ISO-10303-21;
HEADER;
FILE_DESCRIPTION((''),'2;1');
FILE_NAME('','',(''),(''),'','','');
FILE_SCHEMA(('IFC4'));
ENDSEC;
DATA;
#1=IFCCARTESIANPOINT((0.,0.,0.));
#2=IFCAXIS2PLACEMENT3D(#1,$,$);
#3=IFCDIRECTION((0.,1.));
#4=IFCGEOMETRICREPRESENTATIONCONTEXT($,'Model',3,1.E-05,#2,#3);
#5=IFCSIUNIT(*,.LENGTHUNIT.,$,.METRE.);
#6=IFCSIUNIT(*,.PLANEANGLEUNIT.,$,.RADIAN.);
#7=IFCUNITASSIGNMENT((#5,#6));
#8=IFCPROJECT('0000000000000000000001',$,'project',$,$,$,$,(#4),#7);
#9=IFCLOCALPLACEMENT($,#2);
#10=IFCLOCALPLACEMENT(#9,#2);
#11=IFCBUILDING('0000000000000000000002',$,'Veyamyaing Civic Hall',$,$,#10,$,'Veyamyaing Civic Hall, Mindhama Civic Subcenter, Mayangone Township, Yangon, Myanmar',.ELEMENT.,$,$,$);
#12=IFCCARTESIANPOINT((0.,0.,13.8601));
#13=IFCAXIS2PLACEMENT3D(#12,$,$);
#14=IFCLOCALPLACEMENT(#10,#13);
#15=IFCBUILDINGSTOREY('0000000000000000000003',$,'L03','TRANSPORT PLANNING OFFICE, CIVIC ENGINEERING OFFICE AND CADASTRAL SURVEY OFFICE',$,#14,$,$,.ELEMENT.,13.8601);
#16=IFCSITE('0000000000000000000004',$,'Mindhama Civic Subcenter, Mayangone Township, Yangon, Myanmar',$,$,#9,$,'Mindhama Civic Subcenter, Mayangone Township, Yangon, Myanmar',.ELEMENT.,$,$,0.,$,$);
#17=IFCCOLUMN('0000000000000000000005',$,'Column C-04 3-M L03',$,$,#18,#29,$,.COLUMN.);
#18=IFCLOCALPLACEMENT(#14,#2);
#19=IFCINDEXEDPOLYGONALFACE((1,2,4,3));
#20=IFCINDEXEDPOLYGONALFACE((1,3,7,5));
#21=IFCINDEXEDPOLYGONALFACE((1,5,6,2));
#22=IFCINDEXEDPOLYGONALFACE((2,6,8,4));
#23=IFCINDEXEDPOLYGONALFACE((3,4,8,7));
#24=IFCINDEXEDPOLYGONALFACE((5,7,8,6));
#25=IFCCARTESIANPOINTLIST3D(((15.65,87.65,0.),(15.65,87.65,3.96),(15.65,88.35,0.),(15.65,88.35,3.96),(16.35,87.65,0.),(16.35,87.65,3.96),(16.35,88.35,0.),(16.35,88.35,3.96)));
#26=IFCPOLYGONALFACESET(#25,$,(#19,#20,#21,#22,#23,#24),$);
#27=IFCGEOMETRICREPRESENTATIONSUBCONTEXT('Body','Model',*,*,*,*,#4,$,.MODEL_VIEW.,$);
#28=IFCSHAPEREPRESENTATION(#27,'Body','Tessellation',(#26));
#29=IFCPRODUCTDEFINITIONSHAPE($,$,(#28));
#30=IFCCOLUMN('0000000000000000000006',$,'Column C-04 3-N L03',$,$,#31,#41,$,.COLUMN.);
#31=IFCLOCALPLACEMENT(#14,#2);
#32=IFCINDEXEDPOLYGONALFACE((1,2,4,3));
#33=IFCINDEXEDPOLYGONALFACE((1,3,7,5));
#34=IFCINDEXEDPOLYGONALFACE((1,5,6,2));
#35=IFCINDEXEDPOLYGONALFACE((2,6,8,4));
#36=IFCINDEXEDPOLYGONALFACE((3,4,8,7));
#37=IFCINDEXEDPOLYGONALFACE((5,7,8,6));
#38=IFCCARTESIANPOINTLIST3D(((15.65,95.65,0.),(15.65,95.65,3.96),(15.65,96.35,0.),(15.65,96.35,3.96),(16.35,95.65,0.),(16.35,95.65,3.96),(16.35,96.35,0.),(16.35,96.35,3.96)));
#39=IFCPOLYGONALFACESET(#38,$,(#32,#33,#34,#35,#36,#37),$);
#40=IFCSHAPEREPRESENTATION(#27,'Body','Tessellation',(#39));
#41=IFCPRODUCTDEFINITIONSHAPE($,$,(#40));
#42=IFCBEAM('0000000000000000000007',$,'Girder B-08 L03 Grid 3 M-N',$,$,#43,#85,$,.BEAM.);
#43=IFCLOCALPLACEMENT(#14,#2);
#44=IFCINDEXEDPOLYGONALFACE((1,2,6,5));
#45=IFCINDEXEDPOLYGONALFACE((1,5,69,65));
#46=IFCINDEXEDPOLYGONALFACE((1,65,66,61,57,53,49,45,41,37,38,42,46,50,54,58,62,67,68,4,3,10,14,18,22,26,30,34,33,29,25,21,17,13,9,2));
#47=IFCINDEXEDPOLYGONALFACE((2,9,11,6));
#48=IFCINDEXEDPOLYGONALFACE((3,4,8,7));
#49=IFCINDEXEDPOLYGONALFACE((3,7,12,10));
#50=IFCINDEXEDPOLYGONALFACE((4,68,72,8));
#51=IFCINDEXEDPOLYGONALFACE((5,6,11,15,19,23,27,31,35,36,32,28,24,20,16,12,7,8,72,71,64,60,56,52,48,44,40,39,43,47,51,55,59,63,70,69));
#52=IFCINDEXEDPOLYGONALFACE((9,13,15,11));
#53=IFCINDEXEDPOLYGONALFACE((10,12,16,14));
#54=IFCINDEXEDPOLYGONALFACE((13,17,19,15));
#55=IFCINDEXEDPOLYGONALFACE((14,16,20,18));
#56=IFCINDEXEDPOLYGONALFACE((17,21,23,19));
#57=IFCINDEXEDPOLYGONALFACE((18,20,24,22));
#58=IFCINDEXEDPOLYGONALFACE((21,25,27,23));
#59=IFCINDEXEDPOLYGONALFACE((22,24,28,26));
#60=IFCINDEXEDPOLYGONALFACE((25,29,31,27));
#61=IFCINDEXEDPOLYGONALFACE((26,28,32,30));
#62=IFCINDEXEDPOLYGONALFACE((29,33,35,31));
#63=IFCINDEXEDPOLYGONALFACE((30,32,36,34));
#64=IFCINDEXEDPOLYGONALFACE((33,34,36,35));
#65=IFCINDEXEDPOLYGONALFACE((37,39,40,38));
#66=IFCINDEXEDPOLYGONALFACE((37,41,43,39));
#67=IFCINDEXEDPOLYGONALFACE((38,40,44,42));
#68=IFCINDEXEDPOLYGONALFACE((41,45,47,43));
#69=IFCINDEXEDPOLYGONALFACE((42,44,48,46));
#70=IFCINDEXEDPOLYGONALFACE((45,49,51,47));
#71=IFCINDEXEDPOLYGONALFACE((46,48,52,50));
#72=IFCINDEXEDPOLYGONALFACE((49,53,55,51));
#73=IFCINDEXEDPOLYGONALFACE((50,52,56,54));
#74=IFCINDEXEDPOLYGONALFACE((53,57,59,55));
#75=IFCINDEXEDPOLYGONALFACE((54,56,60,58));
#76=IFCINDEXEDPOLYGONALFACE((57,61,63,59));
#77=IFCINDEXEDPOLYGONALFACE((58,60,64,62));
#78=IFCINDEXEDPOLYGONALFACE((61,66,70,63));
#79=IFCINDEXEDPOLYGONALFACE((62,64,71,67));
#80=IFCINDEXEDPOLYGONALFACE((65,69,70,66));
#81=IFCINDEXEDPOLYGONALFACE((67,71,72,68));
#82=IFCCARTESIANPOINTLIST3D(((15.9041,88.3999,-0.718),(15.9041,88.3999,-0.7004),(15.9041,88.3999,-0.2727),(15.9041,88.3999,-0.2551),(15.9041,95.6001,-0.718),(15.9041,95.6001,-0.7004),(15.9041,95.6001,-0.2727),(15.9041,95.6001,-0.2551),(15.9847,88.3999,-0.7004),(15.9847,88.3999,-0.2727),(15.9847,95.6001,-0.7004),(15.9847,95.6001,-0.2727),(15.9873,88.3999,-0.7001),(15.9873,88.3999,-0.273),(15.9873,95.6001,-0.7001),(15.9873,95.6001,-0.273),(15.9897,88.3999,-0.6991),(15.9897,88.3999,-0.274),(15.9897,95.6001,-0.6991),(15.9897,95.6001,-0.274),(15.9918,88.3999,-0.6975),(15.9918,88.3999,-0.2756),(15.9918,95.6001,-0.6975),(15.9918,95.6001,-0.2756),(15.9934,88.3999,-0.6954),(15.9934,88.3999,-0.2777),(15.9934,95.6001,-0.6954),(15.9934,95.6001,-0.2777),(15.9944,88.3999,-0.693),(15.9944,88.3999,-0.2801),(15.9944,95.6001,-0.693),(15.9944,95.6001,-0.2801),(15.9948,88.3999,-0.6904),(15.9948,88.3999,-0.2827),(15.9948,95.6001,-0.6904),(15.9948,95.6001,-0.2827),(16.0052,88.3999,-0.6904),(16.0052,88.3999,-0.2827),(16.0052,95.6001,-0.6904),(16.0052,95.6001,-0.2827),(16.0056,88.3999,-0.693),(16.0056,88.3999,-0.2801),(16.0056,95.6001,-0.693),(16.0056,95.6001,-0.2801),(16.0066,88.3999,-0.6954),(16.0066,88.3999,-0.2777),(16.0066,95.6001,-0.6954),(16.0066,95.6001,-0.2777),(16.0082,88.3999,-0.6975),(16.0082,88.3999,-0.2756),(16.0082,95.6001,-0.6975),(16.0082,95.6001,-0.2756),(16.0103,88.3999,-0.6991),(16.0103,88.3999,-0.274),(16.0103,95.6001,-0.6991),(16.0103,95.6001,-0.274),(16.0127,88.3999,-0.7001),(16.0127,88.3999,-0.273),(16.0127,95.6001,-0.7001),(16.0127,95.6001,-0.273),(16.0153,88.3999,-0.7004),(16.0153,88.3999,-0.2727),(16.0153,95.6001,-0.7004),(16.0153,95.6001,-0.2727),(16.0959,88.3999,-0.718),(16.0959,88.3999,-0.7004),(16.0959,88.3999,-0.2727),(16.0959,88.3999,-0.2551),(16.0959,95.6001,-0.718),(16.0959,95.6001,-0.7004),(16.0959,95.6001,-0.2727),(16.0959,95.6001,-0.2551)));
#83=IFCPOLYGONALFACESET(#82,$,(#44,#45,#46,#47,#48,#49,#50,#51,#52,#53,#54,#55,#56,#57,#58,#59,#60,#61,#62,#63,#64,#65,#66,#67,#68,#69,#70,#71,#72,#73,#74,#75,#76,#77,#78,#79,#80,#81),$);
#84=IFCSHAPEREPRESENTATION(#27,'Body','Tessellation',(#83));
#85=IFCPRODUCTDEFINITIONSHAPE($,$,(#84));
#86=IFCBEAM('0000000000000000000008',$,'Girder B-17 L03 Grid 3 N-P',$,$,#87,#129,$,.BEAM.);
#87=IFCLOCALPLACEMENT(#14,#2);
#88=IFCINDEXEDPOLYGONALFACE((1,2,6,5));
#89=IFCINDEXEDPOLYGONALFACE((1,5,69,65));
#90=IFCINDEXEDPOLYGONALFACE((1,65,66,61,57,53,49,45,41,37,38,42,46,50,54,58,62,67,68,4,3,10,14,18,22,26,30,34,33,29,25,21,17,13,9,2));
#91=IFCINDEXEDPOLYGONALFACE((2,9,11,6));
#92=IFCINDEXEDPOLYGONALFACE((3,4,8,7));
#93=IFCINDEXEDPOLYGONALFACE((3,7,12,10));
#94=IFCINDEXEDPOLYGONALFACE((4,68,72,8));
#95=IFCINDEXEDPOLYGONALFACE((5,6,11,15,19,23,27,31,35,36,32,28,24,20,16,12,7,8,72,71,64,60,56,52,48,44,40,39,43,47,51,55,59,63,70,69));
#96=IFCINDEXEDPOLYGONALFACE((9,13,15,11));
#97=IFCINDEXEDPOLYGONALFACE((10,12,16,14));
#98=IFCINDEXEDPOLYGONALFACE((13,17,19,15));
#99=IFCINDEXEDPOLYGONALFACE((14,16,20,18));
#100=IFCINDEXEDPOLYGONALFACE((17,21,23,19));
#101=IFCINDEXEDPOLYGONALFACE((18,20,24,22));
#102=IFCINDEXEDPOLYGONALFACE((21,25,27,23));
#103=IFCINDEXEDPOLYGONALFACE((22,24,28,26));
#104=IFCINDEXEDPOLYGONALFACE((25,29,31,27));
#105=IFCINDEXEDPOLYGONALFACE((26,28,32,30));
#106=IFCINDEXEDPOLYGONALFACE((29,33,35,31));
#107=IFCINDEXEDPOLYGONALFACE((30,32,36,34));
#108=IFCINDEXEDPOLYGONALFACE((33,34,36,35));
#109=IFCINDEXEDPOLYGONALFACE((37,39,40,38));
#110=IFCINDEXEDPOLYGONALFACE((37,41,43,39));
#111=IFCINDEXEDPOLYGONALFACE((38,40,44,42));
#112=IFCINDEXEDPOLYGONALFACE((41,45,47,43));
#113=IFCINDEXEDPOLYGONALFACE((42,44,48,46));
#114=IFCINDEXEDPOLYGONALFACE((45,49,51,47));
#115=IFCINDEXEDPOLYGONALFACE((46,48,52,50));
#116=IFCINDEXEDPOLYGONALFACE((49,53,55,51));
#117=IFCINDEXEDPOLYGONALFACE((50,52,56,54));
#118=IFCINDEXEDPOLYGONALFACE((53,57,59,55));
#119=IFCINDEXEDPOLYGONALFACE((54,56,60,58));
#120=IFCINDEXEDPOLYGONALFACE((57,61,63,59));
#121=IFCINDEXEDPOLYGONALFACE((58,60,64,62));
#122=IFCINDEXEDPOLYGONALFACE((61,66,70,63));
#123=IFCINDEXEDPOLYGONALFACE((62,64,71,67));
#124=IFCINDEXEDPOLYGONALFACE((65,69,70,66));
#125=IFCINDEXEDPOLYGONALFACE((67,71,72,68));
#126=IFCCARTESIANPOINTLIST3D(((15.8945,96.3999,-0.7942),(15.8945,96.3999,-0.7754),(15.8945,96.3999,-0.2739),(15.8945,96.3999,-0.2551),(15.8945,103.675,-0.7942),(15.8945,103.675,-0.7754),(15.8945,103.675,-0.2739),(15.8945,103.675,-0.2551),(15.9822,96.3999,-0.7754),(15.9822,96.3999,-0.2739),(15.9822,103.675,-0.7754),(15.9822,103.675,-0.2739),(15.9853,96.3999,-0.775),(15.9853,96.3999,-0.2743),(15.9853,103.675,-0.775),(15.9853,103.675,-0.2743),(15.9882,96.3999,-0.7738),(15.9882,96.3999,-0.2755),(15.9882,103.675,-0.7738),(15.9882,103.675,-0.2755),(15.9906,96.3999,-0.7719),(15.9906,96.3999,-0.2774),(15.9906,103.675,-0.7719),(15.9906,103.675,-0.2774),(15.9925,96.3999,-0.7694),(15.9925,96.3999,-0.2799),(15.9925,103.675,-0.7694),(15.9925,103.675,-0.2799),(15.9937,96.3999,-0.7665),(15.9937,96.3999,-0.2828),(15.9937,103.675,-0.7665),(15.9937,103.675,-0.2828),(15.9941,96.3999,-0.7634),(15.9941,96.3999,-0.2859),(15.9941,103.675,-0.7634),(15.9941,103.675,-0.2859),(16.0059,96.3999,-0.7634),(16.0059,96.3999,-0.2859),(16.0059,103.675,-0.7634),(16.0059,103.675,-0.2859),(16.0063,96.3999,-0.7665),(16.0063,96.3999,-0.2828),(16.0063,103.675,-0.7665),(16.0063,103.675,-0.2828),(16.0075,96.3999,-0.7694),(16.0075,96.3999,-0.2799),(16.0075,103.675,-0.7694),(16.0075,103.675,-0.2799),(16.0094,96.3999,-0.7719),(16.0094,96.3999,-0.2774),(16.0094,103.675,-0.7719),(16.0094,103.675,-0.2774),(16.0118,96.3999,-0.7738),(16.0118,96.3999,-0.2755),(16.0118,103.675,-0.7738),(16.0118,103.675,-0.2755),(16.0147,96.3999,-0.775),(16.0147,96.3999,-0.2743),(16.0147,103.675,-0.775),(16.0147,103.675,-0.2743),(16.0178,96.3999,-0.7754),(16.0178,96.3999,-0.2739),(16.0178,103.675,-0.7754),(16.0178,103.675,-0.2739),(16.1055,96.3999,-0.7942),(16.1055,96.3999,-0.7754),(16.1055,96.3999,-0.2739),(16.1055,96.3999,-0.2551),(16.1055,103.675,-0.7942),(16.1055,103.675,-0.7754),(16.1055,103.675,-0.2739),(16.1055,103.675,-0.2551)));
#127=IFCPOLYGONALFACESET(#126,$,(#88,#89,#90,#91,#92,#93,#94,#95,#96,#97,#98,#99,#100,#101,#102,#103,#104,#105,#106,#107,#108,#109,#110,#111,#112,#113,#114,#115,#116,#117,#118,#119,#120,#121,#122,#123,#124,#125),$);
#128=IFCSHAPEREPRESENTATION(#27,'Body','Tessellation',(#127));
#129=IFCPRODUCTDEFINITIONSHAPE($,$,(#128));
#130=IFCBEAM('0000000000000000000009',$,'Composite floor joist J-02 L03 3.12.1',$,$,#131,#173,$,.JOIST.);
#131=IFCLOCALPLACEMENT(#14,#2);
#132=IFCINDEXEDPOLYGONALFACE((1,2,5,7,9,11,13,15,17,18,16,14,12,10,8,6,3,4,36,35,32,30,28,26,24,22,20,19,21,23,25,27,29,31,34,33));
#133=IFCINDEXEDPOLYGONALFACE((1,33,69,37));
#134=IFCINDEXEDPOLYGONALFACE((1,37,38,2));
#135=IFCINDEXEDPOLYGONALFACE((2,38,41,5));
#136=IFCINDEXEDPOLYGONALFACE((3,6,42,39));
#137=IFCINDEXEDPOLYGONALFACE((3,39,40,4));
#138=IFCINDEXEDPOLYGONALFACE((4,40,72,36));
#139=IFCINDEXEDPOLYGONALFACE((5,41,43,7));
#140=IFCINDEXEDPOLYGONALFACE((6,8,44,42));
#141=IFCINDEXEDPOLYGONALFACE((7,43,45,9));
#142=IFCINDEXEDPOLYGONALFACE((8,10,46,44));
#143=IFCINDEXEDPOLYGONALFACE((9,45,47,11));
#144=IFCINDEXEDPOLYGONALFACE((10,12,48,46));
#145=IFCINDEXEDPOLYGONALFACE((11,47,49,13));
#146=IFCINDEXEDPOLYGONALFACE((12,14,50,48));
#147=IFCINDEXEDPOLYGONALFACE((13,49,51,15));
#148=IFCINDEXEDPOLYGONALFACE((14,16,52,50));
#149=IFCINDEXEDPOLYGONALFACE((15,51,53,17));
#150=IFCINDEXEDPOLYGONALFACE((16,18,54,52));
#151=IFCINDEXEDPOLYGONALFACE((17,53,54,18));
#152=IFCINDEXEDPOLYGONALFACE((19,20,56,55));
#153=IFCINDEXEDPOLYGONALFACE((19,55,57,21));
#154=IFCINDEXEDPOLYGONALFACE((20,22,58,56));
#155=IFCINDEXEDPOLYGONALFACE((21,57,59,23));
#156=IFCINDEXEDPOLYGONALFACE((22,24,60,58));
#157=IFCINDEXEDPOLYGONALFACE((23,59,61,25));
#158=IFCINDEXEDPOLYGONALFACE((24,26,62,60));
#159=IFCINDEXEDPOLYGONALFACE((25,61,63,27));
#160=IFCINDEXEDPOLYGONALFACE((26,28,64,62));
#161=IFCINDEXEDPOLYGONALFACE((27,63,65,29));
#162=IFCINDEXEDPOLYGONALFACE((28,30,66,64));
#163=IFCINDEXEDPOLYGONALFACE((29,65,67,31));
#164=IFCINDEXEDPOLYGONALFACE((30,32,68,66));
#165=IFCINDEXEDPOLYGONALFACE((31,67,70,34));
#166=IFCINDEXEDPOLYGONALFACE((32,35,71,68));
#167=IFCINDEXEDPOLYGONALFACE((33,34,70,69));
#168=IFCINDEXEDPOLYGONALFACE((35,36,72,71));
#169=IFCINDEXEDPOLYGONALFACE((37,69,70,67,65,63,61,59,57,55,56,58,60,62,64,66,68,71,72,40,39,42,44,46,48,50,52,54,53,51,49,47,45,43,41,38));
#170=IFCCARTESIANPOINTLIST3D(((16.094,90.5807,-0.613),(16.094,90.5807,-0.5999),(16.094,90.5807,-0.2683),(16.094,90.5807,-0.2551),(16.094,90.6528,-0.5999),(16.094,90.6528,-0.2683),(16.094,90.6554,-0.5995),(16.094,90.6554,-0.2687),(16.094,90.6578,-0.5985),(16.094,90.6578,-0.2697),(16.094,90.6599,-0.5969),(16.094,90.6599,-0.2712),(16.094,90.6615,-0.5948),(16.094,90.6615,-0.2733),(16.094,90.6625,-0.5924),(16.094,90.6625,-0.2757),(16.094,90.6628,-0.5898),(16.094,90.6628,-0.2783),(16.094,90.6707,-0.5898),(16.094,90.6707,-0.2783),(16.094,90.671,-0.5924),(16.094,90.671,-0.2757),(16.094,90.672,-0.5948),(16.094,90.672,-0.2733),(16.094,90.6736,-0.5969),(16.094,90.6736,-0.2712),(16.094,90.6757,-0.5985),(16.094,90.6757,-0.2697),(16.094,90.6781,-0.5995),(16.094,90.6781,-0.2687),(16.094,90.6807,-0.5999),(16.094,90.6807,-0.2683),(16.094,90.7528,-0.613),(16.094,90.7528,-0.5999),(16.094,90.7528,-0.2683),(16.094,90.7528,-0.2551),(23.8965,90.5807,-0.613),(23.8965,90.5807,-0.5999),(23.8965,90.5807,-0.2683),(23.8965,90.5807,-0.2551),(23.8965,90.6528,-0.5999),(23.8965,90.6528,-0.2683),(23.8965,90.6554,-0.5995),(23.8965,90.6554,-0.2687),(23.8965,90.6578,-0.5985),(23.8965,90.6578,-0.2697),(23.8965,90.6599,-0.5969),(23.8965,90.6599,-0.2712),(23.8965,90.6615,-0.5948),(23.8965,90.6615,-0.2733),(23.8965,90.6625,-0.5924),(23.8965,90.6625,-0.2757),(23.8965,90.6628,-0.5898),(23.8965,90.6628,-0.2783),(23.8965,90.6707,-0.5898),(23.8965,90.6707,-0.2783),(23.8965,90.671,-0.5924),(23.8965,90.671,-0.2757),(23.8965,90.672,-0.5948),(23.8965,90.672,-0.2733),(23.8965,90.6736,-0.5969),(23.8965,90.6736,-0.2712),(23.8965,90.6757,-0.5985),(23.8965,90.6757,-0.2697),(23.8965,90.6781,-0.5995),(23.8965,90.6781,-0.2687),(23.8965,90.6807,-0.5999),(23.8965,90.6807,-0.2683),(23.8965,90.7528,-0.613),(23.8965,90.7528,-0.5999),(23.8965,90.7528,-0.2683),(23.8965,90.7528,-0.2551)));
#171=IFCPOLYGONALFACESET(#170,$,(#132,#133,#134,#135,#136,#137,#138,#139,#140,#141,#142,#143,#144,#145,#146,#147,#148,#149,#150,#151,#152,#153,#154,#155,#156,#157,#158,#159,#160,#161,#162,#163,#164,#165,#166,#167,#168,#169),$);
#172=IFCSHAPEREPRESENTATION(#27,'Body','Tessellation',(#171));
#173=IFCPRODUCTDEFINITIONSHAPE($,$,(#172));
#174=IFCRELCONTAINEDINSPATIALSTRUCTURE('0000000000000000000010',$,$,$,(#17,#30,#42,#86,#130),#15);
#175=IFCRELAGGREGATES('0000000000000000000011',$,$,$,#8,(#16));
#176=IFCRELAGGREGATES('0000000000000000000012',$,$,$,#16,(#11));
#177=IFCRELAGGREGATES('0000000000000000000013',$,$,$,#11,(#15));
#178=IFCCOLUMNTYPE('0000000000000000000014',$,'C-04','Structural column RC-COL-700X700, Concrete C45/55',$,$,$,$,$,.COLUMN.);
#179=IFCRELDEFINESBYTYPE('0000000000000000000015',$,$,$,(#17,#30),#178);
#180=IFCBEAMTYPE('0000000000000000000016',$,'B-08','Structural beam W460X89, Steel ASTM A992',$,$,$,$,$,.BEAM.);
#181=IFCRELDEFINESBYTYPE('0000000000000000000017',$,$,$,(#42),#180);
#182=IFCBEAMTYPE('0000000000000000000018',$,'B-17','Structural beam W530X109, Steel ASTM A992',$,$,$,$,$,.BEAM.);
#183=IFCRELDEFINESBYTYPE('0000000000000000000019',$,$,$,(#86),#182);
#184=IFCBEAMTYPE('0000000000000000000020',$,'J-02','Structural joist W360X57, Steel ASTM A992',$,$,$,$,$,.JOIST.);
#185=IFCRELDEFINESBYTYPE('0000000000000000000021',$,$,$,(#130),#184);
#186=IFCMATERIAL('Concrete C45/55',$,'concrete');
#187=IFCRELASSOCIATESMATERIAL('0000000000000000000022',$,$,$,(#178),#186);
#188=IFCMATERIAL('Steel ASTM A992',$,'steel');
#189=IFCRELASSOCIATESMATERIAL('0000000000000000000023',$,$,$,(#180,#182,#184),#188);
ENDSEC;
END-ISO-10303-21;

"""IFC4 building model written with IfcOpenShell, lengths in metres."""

from ifc_helpers import new_model, si_unit, direction, frame, origin, origin_2d, place, context, subcontext, project, spatial, rectangle, i_section, extrude, material, material_profile, profile_set, type_object, element, save


model = new_model("IFC4")

# Units and contexts
model_context = context("Model", 3, precision=1e-05, world=origin(), true_north=direction((0.0, 1.0)))
body_context = subcontext(model_context, "Body", "Model", "MODEL_VIEW")
ifc_project = project(units=[si_unit("LENGTHUNIT", "METRE"), si_unit("PLANEANGLEUNIT", "RADIAN")], contexts=[model_context])

# Site, building, storey
site_placement = place(None, origin())
site = spatial("IfcSite", under=ifc_project, at=site_placement, Name="Mindhama Civic Subcenter, Mayangone Township, Yangon, Myanmar", LongName="Mindhama Civic Subcenter, Mayangone Township, Yangon, Myanmar", CompositionType="ELEMENT", RefElevation=0.0)
building_placement = place(site_placement, origin())
building = spatial("IfcBuilding", under=site, at=building_placement, Name="Veyamyaing Civic Hall", LongName="Veyamyaing Civic Hall, Mindhama Civic Subcenter, Mayangone Township, Yangon, Myanmar", CompositionType="ELEMENT")
storey_placement = place(building_placement, frame((0.0, 0.0, 13.8601)))
storey = spatial("IfcBuildingStorey", under=building, at=storey_placement, Name="L03", Description="TRANSPORT PLANNING OFFICE, CIVIC ENGINEERING OFFICE AND CADASTRAL SURVEY OFFICE", CompositionType="ELEMENT", Elevation=13.8601)

# Columns
ifc_material_1 = material(Name="Concrete C45/55", Category="concrete")
ifc_material_profile_1 = material_profile(ifc_material_1, rectangle(XDim=0.7, YDim=0.7, at=origin_2d()), Name="RC-COL-700X700")
ifc_profile_set_1 = profile_set([ifc_material_profile_1], Name="Concrete C45/55")
column_type = type_object("IfcColumnType", Name="C-04", Description="Structural column RC-COL-700X700, Concrete C45/55", PredefinedType="COLUMN", material=ifc_profile_set_1)
for number, where, z_axis, x_axis, name in (
    (1, (16.0, 88.0, 0.0), (0.0, 0.0, 1.0), (1.0, 0.0, 0.0), "Column C-04 3-M L03"),
    (2, (16.0, 96.0, 0.0), (0.0, 0.0, 1.0), (1.0, 0.0, 0.0), "Column C-04 3-N L03"),
):
    element("IfcColumn", number, at=place(storey_placement, frame(where, z_axis=z_axis, x_axis=x_axis)), inside=storey, type_object=column_type, Name=name, PredefinedType="COLUMN", context=body_context, shape_type="SweptSolid", body=[
        extrude(rectangle(XDim=0.7, YDim=0.7, at=origin_2d()), origin(), (0.0, 0.0, 1.0), 3.96),
    ])

# Beams
ifc_material_2 = material(Name="Steel ASTM A992", Category="steel")
ifc_material_profile_2 = material_profile(ifc_material_2, i_section(OverallWidth=0.1919, OverallDepth=0.4629, WebThickness=0.0105, FlangeThickness=0.0176, FilletRadius=0.01, at=origin_2d()), Name="W460X89")
ifc_profile_set_2 = profile_set([ifc_material_profile_2], Name="Steel ASTM A992")
beam_type_1 = type_object("IfcBeamType", Name="B-08", Description="Structural beam W460X89, Steel ASTM A992", PredefinedType="BEAM", material=ifc_profile_set_2)
beam_1_placement = place(storey_placement, frame((16.0, 88.3999, -0.4866), z_axis=(0.0, 1.0, 0.0), x_axis=(-1.0, 0.0, 0.0)))
element("IfcBeam", 3, at=beam_1_placement, inside=storey, type_object=beam_type_1, Name="Girder B-08 L03 Grid 3 M-N", PredefinedType="BEAM", context=body_context, shape_type="SweptSolid", body=[
    extrude(i_section(OverallWidth=0.1919, OverallDepth=0.4629, WebThickness=0.0105, FlangeThickness=0.0176, FilletRadius=0.01, at=origin_2d()), origin(), (0.0, 0.0, 1.0), 7.2002),
])
ifc_material_profile_3 = material_profile(ifc_material_2, i_section(OverallWidth=0.2109, OverallDepth=0.5391, WebThickness=0.0117, FlangeThickness=0.0188, FilletRadius=0.012, at=origin_2d()), Name="W530X109")
ifc_profile_set_3 = profile_set([ifc_material_profile_3], Name="Steel ASTM A992")
beam_type_2 = type_object("IfcBeamType", Name="B-17", Description="Structural beam W530X109, Steel ASTM A992", PredefinedType="BEAM", material=ifc_profile_set_3)
beam_2_placement = place(storey_placement, frame((16.0, 96.3999, -0.5247), z_axis=(0.0, 1.0, 0.0), x_axis=(-1.0, 0.0, 0.0)))
element("IfcBeam", 4, at=beam_2_placement, inside=storey, type_object=beam_type_2, Name="Girder B-17 L03 Grid 3 N-P", PredefinedType="BEAM", context=body_context, shape_type="SweptSolid", body=[
    extrude(i_section(OverallWidth=0.2109, OverallDepth=0.5391, WebThickness=0.0117, FlangeThickness=0.0188, FilletRadius=0.012, at=origin_2d()), origin(), (0.0, 0.0, 1.0), 7.2751),
])
ifc_material_profile_4 = material_profile(ifc_material_2, i_section(OverallWidth=0.1721, OverallDepth=0.3579, WebThickness=0.0078, FlangeThickness=0.0132, FilletRadius=0.01, at=origin_2d()), Name="W360X57")
ifc_profile_set_4 = profile_set([ifc_material_profile_4], Name="Steel ASTM A992")
beam_type_3 = type_object("IfcBeamType", Name="J-02", Description="Structural joist W360X57, Steel ASTM A992", PredefinedType="JOIST", material=ifc_profile_set_4)
for number, where, z_axis, x_axis, name in (
    (5, (16.094, 90.6667, -0.4341), (1.0, 0.0, 0.0), (0.0, 1.0, 0.0), "Composite floor joist J-02 L03 3.12.1"),
):
    element("IfcBeam", number, at=place(storey_placement, frame(where, z_axis=z_axis, x_axis=x_axis)), inside=storey, type_object=beam_type_3, Name=name, PredefinedType="JOIST", context=body_context, shape_type="SweptSolid", body=[
        extrude(i_section(OverallWidth=0.1721, OverallDepth=0.3579, WebThickness=0.0078, FlangeThickness=0.0132, FilletRadius=0.01, at=origin_2d()), origin(), (0.0, 0.0, 1.0), 7.8025),
    ])

save(model, "model.ifc")
